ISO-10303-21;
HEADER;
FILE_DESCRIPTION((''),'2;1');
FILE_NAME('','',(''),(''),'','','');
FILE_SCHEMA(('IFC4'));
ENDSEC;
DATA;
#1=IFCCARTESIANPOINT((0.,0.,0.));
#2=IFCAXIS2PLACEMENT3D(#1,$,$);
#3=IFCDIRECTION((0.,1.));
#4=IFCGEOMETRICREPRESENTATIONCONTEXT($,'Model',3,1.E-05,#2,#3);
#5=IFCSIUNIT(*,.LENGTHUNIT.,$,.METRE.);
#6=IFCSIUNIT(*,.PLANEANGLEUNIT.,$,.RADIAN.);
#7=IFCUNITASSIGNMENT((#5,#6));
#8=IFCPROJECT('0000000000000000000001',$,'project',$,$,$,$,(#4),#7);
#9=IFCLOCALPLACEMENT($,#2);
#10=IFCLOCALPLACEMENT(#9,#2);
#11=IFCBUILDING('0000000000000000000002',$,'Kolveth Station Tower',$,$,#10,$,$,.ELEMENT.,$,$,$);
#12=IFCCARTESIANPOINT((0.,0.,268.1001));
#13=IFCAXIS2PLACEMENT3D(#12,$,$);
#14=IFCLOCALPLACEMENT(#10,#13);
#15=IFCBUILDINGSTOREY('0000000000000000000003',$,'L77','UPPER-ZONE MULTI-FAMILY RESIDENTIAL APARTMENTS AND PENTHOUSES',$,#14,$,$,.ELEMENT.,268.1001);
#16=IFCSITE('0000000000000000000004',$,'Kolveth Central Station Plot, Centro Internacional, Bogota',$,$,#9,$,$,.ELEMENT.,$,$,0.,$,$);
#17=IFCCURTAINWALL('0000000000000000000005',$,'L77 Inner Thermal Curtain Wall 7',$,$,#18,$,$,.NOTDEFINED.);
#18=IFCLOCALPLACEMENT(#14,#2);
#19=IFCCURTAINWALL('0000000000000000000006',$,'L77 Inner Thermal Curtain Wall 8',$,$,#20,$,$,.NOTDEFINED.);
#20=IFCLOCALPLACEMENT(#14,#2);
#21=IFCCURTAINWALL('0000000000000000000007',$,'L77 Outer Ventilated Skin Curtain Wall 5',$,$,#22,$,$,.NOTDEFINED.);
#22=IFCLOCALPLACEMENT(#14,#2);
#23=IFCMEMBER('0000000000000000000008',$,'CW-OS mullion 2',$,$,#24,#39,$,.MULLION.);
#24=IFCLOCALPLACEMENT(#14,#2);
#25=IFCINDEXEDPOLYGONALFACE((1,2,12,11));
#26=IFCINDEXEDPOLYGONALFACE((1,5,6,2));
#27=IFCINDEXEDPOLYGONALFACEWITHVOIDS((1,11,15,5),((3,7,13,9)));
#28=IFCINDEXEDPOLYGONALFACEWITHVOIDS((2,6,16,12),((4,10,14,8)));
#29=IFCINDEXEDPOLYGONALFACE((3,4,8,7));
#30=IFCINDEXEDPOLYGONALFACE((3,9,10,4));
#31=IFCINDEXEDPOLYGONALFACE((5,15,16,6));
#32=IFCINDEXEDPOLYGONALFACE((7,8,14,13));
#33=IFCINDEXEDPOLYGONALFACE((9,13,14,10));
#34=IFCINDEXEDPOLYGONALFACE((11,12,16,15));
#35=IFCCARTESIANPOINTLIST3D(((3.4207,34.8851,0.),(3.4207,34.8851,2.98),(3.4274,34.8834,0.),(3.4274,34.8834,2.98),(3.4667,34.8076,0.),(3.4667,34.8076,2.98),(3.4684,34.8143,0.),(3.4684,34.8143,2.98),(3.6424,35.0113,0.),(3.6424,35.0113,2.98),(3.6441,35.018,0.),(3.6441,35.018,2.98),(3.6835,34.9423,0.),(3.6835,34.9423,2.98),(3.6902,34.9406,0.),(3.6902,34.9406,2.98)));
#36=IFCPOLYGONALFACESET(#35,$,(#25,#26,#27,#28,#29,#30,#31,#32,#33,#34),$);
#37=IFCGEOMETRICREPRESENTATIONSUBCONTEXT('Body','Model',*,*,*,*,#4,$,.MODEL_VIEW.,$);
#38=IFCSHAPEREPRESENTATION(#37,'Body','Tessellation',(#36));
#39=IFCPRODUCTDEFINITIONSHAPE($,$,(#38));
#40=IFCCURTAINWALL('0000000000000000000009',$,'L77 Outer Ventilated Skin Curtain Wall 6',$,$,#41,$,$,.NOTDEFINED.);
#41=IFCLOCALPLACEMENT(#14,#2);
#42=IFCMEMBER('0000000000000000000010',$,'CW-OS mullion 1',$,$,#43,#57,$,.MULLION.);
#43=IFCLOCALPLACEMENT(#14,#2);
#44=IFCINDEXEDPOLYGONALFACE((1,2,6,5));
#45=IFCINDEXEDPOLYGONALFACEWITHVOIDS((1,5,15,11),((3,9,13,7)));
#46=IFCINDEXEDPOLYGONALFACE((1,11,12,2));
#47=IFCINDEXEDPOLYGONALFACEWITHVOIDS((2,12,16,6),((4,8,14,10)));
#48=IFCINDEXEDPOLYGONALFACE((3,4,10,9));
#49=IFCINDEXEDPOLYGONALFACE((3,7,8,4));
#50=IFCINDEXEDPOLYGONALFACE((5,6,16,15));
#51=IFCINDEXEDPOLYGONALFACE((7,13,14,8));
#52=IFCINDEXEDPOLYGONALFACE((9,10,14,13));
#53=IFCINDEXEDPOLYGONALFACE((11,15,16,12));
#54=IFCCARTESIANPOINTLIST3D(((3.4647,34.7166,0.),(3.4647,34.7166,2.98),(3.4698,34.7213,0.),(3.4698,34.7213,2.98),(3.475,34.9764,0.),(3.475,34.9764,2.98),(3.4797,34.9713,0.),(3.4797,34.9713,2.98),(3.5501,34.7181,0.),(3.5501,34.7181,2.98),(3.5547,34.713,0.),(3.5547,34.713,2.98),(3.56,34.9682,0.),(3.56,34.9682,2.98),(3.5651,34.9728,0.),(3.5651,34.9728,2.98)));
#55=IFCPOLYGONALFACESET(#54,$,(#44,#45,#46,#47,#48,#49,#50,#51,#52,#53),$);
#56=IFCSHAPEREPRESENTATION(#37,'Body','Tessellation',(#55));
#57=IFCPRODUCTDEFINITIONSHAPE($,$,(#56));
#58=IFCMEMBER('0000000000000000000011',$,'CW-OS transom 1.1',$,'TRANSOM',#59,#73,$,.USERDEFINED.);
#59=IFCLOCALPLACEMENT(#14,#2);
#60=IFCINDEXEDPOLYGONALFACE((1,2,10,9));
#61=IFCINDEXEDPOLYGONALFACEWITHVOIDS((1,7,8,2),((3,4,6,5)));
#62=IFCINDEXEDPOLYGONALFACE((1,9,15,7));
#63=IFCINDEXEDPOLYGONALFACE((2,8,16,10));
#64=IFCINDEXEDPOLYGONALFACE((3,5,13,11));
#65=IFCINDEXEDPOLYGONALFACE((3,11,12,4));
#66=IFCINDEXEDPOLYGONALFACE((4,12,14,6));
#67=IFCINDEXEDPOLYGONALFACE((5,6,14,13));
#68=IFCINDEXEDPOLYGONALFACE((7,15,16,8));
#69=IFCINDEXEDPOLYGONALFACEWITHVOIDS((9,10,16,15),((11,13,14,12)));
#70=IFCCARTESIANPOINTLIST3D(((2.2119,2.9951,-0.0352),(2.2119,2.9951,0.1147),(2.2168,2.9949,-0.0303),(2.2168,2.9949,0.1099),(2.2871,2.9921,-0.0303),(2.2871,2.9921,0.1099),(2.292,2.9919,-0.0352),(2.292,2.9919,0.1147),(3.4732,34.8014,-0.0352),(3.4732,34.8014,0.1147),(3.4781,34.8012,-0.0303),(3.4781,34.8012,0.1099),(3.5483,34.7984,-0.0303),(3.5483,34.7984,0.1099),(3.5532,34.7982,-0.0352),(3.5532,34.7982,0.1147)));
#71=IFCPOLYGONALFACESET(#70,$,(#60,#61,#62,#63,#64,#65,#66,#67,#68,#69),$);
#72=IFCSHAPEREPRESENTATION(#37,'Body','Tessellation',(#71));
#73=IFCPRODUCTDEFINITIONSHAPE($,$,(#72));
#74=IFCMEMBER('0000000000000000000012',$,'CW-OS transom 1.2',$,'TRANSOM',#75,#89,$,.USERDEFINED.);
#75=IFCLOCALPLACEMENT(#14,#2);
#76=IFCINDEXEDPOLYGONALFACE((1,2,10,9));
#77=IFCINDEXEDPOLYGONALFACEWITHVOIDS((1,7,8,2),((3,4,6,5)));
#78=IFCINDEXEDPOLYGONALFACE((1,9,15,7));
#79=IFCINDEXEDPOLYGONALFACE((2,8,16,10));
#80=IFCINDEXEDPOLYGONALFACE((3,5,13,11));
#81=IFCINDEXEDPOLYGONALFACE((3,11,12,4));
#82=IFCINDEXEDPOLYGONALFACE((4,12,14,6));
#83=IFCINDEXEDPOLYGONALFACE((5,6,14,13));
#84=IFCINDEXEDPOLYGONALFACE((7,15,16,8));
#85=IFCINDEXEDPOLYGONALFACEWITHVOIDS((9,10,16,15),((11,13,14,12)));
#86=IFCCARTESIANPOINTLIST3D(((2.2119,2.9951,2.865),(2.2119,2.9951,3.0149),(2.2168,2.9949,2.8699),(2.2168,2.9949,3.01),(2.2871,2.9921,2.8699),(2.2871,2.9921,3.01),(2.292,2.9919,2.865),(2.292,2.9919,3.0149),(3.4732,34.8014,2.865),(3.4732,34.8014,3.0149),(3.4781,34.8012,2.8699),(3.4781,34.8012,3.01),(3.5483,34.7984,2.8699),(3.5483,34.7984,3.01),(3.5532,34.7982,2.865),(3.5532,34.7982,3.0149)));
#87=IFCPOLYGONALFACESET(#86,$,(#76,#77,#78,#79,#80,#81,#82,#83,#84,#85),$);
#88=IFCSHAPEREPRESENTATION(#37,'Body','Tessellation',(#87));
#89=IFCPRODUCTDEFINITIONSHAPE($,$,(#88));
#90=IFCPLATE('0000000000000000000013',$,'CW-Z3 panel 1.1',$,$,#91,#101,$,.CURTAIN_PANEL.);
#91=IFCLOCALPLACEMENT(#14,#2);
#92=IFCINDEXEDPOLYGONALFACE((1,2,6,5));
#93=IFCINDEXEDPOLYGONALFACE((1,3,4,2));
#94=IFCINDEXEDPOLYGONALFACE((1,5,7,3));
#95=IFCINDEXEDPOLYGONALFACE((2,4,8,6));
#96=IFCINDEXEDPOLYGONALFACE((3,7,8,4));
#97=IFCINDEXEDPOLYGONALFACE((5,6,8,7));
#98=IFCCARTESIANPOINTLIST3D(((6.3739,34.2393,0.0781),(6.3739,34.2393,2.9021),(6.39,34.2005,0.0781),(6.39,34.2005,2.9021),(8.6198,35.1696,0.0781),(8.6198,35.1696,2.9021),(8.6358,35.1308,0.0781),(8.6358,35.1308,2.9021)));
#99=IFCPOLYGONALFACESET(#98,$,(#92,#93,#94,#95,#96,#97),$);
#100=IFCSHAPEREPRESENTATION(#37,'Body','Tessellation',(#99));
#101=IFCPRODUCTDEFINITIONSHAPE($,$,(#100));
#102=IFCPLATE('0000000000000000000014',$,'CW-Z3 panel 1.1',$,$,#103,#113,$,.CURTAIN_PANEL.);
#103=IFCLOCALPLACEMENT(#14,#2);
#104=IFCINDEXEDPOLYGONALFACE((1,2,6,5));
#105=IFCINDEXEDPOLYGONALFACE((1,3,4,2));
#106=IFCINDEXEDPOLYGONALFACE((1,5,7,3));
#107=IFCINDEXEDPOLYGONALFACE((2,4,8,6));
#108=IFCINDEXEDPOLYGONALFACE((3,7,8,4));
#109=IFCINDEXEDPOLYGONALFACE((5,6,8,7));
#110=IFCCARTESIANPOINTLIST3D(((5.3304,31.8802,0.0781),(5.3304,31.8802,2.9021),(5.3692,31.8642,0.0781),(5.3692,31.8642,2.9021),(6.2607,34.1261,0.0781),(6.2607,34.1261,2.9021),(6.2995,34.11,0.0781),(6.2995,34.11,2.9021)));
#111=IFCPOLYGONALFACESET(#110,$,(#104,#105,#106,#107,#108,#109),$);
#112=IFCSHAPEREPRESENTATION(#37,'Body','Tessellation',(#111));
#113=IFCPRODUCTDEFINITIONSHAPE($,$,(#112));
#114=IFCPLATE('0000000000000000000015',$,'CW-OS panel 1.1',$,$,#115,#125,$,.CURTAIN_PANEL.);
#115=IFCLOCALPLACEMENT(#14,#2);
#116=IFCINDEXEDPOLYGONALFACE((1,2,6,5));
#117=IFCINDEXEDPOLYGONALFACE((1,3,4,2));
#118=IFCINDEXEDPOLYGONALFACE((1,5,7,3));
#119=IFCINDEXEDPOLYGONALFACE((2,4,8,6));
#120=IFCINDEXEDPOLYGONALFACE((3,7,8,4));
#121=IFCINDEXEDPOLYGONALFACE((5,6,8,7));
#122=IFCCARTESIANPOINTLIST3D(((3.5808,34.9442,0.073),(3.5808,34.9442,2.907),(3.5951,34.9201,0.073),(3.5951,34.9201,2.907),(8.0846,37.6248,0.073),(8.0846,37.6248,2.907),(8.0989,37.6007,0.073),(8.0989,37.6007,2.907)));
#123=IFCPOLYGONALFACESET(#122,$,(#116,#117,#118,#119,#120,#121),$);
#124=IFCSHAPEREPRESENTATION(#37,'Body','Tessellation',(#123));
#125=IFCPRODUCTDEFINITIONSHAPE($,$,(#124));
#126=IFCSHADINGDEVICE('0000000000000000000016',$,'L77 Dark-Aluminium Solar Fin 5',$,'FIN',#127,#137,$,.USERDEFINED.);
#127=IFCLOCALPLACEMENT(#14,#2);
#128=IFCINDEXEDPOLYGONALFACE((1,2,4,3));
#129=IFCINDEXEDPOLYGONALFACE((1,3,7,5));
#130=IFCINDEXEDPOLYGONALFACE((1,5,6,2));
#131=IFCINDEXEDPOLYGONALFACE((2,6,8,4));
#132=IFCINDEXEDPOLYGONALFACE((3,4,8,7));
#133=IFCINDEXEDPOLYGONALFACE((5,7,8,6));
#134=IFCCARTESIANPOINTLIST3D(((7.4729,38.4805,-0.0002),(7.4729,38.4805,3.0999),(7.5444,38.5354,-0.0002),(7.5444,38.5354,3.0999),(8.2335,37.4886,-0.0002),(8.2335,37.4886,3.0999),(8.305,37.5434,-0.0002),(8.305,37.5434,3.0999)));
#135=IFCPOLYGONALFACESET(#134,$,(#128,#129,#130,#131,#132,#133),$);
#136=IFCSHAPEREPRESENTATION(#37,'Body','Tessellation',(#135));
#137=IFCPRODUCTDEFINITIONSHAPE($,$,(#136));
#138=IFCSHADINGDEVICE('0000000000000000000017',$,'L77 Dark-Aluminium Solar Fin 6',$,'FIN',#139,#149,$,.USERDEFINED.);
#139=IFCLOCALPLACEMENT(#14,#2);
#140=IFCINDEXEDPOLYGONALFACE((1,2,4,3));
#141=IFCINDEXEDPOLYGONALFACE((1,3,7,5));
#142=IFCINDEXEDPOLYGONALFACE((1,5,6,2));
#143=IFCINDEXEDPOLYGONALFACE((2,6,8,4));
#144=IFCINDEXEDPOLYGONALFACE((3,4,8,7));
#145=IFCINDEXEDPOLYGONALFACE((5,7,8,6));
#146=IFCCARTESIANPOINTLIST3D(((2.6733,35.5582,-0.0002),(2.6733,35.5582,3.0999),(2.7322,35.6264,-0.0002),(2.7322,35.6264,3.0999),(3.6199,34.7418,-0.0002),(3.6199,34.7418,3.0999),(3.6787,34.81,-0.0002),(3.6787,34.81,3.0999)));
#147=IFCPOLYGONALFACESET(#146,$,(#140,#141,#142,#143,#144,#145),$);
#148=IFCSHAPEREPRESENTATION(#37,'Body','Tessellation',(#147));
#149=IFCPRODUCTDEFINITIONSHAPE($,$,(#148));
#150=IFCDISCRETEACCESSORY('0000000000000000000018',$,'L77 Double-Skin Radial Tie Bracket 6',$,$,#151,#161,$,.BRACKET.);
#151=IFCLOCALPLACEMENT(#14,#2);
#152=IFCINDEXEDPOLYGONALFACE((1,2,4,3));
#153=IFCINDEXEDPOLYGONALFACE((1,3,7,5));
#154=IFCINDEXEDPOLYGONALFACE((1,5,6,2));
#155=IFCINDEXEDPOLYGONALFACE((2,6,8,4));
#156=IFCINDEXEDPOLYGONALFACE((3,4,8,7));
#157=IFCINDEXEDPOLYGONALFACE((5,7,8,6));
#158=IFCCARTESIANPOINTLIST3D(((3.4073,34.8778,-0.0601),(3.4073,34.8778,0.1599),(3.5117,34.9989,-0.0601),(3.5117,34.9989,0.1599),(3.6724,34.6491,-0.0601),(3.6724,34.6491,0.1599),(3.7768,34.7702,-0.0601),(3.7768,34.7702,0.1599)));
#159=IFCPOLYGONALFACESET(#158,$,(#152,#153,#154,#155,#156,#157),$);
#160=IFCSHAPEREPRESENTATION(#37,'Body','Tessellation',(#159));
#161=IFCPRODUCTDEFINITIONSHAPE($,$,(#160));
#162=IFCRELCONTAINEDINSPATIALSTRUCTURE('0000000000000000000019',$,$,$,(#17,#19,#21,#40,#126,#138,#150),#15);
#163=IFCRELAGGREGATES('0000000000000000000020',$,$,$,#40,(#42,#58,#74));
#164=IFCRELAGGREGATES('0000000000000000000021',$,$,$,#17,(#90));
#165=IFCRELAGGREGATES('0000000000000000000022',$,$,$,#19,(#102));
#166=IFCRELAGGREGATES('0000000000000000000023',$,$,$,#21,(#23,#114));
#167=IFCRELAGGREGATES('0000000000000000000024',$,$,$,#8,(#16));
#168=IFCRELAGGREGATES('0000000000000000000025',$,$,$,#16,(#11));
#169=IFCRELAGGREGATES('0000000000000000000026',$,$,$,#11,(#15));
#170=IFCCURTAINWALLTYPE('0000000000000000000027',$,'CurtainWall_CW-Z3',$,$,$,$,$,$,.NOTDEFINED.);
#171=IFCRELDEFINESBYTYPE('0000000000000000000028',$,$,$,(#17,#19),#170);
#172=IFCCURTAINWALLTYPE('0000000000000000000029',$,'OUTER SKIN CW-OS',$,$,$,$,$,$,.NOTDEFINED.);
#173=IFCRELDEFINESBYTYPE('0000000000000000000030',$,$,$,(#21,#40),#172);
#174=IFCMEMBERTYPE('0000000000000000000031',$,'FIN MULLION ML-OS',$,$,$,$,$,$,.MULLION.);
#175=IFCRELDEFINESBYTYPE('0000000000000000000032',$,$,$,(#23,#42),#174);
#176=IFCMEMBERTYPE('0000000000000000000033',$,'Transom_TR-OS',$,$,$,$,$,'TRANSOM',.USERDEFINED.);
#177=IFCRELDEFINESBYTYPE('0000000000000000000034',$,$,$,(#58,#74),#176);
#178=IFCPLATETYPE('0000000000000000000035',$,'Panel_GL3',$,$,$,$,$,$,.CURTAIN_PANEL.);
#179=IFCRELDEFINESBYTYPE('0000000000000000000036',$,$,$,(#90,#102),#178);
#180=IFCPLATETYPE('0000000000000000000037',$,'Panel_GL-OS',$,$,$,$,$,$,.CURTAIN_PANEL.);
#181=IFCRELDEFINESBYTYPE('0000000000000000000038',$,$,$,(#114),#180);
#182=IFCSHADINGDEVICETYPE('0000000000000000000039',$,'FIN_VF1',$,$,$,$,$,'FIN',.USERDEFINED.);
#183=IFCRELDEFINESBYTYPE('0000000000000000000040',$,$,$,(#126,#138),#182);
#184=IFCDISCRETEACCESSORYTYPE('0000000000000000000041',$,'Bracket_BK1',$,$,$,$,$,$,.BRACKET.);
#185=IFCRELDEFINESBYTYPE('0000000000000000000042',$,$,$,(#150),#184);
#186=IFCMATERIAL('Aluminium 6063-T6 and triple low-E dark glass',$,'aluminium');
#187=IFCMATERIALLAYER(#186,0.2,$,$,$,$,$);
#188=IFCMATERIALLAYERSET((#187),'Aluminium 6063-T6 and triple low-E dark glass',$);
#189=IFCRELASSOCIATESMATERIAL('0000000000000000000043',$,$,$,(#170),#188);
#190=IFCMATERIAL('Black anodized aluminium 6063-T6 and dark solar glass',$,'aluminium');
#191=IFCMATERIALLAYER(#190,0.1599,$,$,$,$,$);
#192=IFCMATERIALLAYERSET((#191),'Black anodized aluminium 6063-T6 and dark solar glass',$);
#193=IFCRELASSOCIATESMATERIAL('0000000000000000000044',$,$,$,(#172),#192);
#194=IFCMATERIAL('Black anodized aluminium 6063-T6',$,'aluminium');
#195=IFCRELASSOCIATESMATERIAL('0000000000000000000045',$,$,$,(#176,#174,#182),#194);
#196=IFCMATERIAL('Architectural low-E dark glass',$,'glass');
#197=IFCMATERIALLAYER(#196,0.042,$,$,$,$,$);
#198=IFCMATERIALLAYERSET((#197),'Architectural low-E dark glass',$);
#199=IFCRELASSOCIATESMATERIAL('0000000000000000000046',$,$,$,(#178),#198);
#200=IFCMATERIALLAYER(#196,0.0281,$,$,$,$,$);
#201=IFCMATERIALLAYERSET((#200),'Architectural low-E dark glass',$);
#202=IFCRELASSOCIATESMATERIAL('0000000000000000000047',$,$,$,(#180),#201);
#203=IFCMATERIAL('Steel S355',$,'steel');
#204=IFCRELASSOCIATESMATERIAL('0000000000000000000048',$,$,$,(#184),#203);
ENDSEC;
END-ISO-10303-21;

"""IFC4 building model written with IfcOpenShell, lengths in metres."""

from ifc_helpers import new_model, si_unit, direction, frame, origin, origin_2d, place, context, subcontext, project, spatial, rectangle, hollow_rectangle, extrude, source, transform, mapped, material, layer, layer_set, material_profile, profile_set, type_object, element, aggregate, save


model = new_model("IFC4")

# Units and contexts
model_context = context("Model", 3, precision=1e-05, world=origin(), true_north=direction((0.0, 1.0)))
body_context = subcontext(model_context, "Body", "Model", "MODEL_VIEW")
ifc_project = project(units=[si_unit("LENGTHUNIT", "METRE"), si_unit("PLANEANGLEUNIT", "RADIAN")], contexts=[model_context])

# Site, building, storey
site_placement = place(None, origin())
site = spatial("IfcSite", under=ifc_project, at=site_placement, Name="Kolveth Central Station Plot, Centro Internacional, Bogota", CompositionType="ELEMENT", RefElevation=0.0)
building_placement = place(site_placement, origin())
building = spatial("IfcBuilding", under=site, at=building_placement, Name="Kolveth Station Tower", CompositionType="ELEMENT")
storey_placement = place(building_placement, frame((0.0, 0.0, 268.1001)))
storey = spatial("IfcBuildingStorey", under=building, at=storey_placement, Name="L77", Description="UPPER-ZONE MULTI-FAMILY RESIDENTIAL APARTMENTS AND PENTHOUSES", CompositionType="ELEMENT", Elevation=268.1001)

# Curtain wall
ifc_material_1 = material(Name="Aluminium 6063-T6 and triple low-E dark glass", Category="aluminium")
ifc_layer_1 = layer(ifc_material_1, 0.2)
ifc_layer_set_1 = layer_set([ifc_layer_1], Name="Aluminium 6063-T6 and triple low-E dark glass")
curtain_wall_type_1 = type_object("IfcCurtainWallType", Name="CurtainWall_CW-Z3", PredefinedType="NOTDEFINED", material=ifc_layer_set_1)
curtain_wall_1_placement = place(storey_placement, origin())
curtain_wall_1 = element("IfcCurtainWall", 1, at=curtain_wall_1_placement, inside=storey, type_object=curtain_wall_type_1, Name="L77 Inner Thermal Curtain Wall 7", PredefinedType="NOTDEFINED")
ifc_material_2 = material(Name="Black anodized aluminium 6063-T6", Category="aluminium")

# Curtain wall
curtain_wall_2_placement = place(storey_placement, origin())
curtain_wall_2 = element("IfcCurtainWall", 2, at=curtain_wall_2_placement, inside=storey, type_object=curtain_wall_type_1, Name="L77 Inner Thermal Curtain Wall 8", PredefinedType="NOTDEFINED")

# Curtain walls, members
ifc_material_3 = material(Name="Black anodized aluminium 6063-T6 and dark solar glass", Category="aluminium")
ifc_layer_2 = layer(ifc_material_3, 0.1599)
ifc_layer_set_2 = layer_set([ifc_layer_2], Name="Black anodized aluminium 6063-T6 and dark solar glass")
curtain_wall_type_2 = type_object("IfcCurtainWallType", Name="OUTER SKIN CW-OS", PredefinedType="NOTDEFINED", material=ifc_layer_set_2)
curtain_wall_3_placement = place(storey_placement, origin())
curtain_wall_3 = element("IfcCurtainWall", 3, at=curtain_wall_3_placement, inside=storey, type_object=curtain_wall_type_2, Name="L77 Outer Ventilated Skin Curtain Wall 5", PredefinedType="NOTDEFINED")
ifc_material_profile_1 = material_profile(ifc_material_2, hollow_rectangle(XDim=0.0801, YDim=0.1499, WallThickness=0.0049, at=origin_2d()), Name="ALU-80x150x5")
ifc_profile_set_1 = profile_set([ifc_material_profile_1], Name="Black anodized aluminium 6063-T6")
member_type_1 = type_object("IfcMemberType", Name="Transom_TR-OS", ElementType="TRANSOM", PredefinedType="USERDEFINED", material=ifc_profile_set_1)
ifc_material_profile_2 = material_profile(ifc_material_2, hollow_rectangle(XDim=0.0901, YDim=0.26, WallThickness=0.0049, at=origin_2d()), Name="ALU-90x260x5")
ifc_profile_set_2 = profile_set([ifc_material_profile_2], Name="Black anodized aluminium 6063-T6")
member_type_2 = type_object("IfcMemberType", Name="FIN MULLION ML-OS", PredefinedType="MULLION", material=ifc_profile_set_2)
shared_shape_1 = source(origin(), body_context, "Body", "SweptSolid", [
    extrude(hollow_rectangle(XDim=0.0901, YDim=0.26, WallThickness=0.0049, at=origin_2d()), origin(), (0.0, 0.0, 1.0), 2.98),
])
member_1_placement = place(storey_placement, frame((3.5554, 34.9128, 0.0), z_axis=(0.0, 0.0, 1.0), x_axis=(0.511455, -0.85931, 0.0)))
member_1 = element("IfcMember", 4, at=member_1_placement, type_object=member_type_2, Name="CW-OS mullion 2", PredefinedType="MULLION", context=body_context, shape_type="MappedRepresentation", body=[
    mapped(shared_shape_1, transform((0.0, 0.0, 0.0), x_axis=(1.0, 0.0, 0.0), y_axis=(0.0, 1.0, 0.0), z_axis=(0.0, 0.0, 1.0), scale=1.0)),
])
curtain_wall_4_placement = place(storey_placement, origin())
curtain_wall_4 = element("IfcCurtainWall", 5, at=curtain_wall_4_placement, inside=storey, type_object=curtain_wall_type_2, Name="L77 Outer Ventilated Skin Curtain Wall 6", PredefinedType="NOTDEFINED")
member_2_placement = place(storey_placement, frame((3.5149, 34.8447, 0.0), z_axis=(0.0, 0.0, 1.0), x_axis=(0.999215, -0.039623, 0.0)))
member_2 = element("IfcMember", 6, at=member_2_placement, type_object=member_type_2, Name="CW-OS mullion 1", PredefinedType="MULLION", context=body_context, shape_type="MappedRepresentation", body=[
    mapped(shared_shape_1, transform((0.0, 0.0, 0.0), x_axis=(1.0, 0.0, 0.0), y_axis=(0.0, 1.0, 0.0), z_axis=(0.0, 0.0, 1.0), scale=1.0)),
])
shared_shape_2 = source(origin(), body_context, "Body", "SweptSolid", [
    extrude(hollow_rectangle(XDim=0.0801, YDim=0.1499, WallThickness=0.0049, at=origin_2d()), origin(), (0.0, 0.0, 1.0), 31.8313),
])
member_3_placement = place(storey_placement, frame((3.5132, 34.7998, 0.0398), z_axis=(-0.039622, -0.999215, 0.0), x_axis=(0.999215, -0.039622, 0.0)))
member_3 = element("IfcMember", 7, at=member_3_placement, type_object=member_type_1, Name="CW-OS transom 1.1", ObjectType="TRANSOM", PredefinedType="USERDEFINED", context=body_context, shape_type="MappedRepresentation", body=[
    mapped(shared_shape_2, transform((0.0, 0.0, 0.0), x_axis=(1.0, 0.0, 0.0), y_axis=(0.0, 1.0, 0.0), z_axis=(0.0, 0.0, 1.0), scale=1.0)),
])
member_4_placement = place(storey_placement, frame((3.5132, 34.7998, 2.9399), z_axis=(-0.039622, -0.999215, 0.0), x_axis=(0.999215, -0.039622, 0.0)))
member_4 = element("IfcMember", 8, at=member_4_placement, type_object=member_type_1, Name="CW-OS transom 1.2", ObjectType="TRANSOM", PredefinedType="USERDEFINED", context=body_context, shape_type="MappedRepresentation", body=[
    mapped(shared_shape_2, transform((0.0, 0.0, 0.0), x_axis=(1.0, 0.0, 0.0), y_axis=(0.0, 1.0, 0.0), z_axis=(0.0, 0.0, 1.0), scale=1.0)),
])
aggregate(curtain_wall_4, [member_2, member_3, member_4])

# Plates
ifc_material_4 = material(Name="Architectural low-E dark glass", Category="glass")
ifc_layer_3 = layer(ifc_material_4, 0.042)
ifc_layer_set_3 = layer_set([ifc_layer_3], Name="Architectural low-E dark glass")
plate_type_1 = type_object("IfcPlateType", Name="Panel_GL3", PredefinedType="CURTAIN_PANEL", material=ifc_layer_set_3)
shared_shape_3 = source(origin(), body_context, "Body", "SweptSolid", [
    extrude(rectangle(XDim=2.4309, YDim=0.042, at=origin_2d()), origin(), (0.0, 0.0, 1.0), 2.824),
])
plate_1_placement = place(storey_placement, frame((7.5049, 34.6851, 0.0781), z_axis=(0.0, 0.0, 1.0), x_axis=(-0.923875, -0.382693, 0.0)))
plate_1 = element("IfcPlate", 9, at=plate_1_placement, type_object=plate_type_1, Name="CW-Z3 panel 1.1", PredefinedType="CURTAIN_PANEL", context=body_context, shape_type="MappedRepresentation", body=[
    mapped(shared_shape_3, transform((0.0, 0.0, 0.0), x_axis=(1.0, 0.0, 0.0), y_axis=(0.0, 1.0, 0.0), z_axis=(0.0, 0.0, 1.0), scale=1.0)),
])
aggregate(curtain_wall_1, [plate_1])
plate_2_placement = place(storey_placement, frame((5.8149, 32.9951, 0.0781), z_axis=(0.0, 0.0, 1.0), x_axis=(-0.382693, -0.923875, 0.0)))
plate_2 = element("IfcPlate", 10, at=plate_2_placement, type_object=plate_type_1, Name="CW-Z3 panel 1.1", PredefinedType="CURTAIN_PANEL", context=body_context, shape_type="MappedRepresentation", body=[
    mapped(shared_shape_3, transform((0.0, 0.0, 0.0), x_axis=(1.0, 0.0, 0.0), y_axis=(0.0, 1.0, 0.0), z_axis=(0.0, 0.0, 1.0), scale=1.0)),
])
aggregate(curtain_wall_2, [plate_2])
ifc_layer_4 = layer(ifc_material_4, 0.0281)
ifc_layer_set_4 = layer_set([ifc_layer_4], Name="Architectural low-E dark glass")
plate_type_2 = type_object("IfcPlateType", Name="Panel_GL-OS", PredefinedType="CURTAIN_PANEL", material=ifc_layer_set_4)
shared_shape_4 = source(origin(), body_context, "Body", "SweptSolid", [
    extrude(rectangle(XDim=5.2412, YDim=0.0281, at=origin_2d()), origin(), (0.0, 0.0, 1.0), 2.834),
])
plate_3_placement = place(storey_placement, frame((5.8398, 36.2725, 0.073), z_axis=(0.0, 0.0, 1.0), x_axis=(-0.85931, -0.511455, 0.0)))
plate_3 = element("IfcPlate", 11, at=plate_3_placement, type_object=plate_type_2, Name="CW-OS panel 1.1", PredefinedType="CURTAIN_PANEL", context=body_context, shape_type="MappedRepresentation", body=[
    mapped(shared_shape_4, transform((0.0, 0.0, 0.0), x_axis=(1.0, 0.0, 0.0), y_axis=(0.0, 1.0, 0.0), z_axis=(0.0, 0.0, 1.0), scale=1.0)),
])
aggregate(curtain_wall_3, [member_1, plate_3])

# Shading devices
shading_device_type = type_object("IfcShadingDeviceType", Name="FIN_VF1", ElementType="FIN", PredefinedType="USERDEFINED", material=ifc_material_2)
shared_shape_5 = source(origin(), body_context, "Body", "SweptSolid", [
    extrude(rectangle(XDim=1.25, YDim=0.0901, at=origin_2d()), origin(), (0.0, 0.0, 1.0), 3.1001),
])
for number, where, z_axis, x_axis, name in (
    (12, (7.8889, 38.012, -0.0002), (0.0, 0.0, 1.0), (-0.608484, 0.793566, 0.0), "L77 Dark-Aluminium Solar Fin 5"),
    (13, (3.176, 35.1841, -0.0002), (0.0, 0.0, 1.0), (-0.757223, 0.653156, 0.0), "L77 Dark-Aluminium Solar Fin 6"),
):
    element("IfcShadingDevice", number, at=place(storey_placement, frame(where, z_axis=z_axis, x_axis=x_axis)), inside=storey, type_object=shading_device_type, Name=name, ObjectType="FIN", PredefinedType="USERDEFINED", context=body_context, shape_type="MappedRepresentation", body=[
        mapped(shared_shape_5, transform((0.0, 0.0, 0.0), x_axis=(1.0, 0.0, 0.0), y_axis=(0.0, 1.0, 0.0), z_axis=(0.0, 0.0, 1.0), scale=1.0)),
    ])

# Discrete accessory
ifc_material_5 = material(Name="Steel S355", Category="steel")
discrete_accessory_type = type_object("IfcDiscreteAccessoryType", Name="Bracket_BK1", PredefinedType="BRACKET", material=ifc_material_5)
shared_shape_6 = source(origin(), body_context, "Body", "SweptSolid", [
    extrude(rectangle(XDim=0.3501, YDim=0.1599, at=origin_2d()), origin(), (0.0, 0.0, 1.0), 0.22),
])
discrete_accessory_placement = place(storey_placement, frame((3.592, 34.824, -0.0601), z_axis=(0.0, 0.0, 1.0), x_axis=(-0.757223, 0.653156, 0.0)))
element("IfcDiscreteAccessory", 14, at=discrete_accessory_placement, inside=storey, type_object=discrete_accessory_type, Name="L77 Double-Skin Radial Tie Bracket 6", PredefinedType="BRACKET", context=body_context, shape_type="MappedRepresentation", body=[
    mapped(shared_shape_6, transform((0.0, 0.0, 0.0), x_axis=(1.0, 0.0, 0.0), y_axis=(0.0, 1.0, 0.0), z_axis=(0.0, 0.0, 1.0), scale=1.0)),
])

save(model, "model.ifc")
